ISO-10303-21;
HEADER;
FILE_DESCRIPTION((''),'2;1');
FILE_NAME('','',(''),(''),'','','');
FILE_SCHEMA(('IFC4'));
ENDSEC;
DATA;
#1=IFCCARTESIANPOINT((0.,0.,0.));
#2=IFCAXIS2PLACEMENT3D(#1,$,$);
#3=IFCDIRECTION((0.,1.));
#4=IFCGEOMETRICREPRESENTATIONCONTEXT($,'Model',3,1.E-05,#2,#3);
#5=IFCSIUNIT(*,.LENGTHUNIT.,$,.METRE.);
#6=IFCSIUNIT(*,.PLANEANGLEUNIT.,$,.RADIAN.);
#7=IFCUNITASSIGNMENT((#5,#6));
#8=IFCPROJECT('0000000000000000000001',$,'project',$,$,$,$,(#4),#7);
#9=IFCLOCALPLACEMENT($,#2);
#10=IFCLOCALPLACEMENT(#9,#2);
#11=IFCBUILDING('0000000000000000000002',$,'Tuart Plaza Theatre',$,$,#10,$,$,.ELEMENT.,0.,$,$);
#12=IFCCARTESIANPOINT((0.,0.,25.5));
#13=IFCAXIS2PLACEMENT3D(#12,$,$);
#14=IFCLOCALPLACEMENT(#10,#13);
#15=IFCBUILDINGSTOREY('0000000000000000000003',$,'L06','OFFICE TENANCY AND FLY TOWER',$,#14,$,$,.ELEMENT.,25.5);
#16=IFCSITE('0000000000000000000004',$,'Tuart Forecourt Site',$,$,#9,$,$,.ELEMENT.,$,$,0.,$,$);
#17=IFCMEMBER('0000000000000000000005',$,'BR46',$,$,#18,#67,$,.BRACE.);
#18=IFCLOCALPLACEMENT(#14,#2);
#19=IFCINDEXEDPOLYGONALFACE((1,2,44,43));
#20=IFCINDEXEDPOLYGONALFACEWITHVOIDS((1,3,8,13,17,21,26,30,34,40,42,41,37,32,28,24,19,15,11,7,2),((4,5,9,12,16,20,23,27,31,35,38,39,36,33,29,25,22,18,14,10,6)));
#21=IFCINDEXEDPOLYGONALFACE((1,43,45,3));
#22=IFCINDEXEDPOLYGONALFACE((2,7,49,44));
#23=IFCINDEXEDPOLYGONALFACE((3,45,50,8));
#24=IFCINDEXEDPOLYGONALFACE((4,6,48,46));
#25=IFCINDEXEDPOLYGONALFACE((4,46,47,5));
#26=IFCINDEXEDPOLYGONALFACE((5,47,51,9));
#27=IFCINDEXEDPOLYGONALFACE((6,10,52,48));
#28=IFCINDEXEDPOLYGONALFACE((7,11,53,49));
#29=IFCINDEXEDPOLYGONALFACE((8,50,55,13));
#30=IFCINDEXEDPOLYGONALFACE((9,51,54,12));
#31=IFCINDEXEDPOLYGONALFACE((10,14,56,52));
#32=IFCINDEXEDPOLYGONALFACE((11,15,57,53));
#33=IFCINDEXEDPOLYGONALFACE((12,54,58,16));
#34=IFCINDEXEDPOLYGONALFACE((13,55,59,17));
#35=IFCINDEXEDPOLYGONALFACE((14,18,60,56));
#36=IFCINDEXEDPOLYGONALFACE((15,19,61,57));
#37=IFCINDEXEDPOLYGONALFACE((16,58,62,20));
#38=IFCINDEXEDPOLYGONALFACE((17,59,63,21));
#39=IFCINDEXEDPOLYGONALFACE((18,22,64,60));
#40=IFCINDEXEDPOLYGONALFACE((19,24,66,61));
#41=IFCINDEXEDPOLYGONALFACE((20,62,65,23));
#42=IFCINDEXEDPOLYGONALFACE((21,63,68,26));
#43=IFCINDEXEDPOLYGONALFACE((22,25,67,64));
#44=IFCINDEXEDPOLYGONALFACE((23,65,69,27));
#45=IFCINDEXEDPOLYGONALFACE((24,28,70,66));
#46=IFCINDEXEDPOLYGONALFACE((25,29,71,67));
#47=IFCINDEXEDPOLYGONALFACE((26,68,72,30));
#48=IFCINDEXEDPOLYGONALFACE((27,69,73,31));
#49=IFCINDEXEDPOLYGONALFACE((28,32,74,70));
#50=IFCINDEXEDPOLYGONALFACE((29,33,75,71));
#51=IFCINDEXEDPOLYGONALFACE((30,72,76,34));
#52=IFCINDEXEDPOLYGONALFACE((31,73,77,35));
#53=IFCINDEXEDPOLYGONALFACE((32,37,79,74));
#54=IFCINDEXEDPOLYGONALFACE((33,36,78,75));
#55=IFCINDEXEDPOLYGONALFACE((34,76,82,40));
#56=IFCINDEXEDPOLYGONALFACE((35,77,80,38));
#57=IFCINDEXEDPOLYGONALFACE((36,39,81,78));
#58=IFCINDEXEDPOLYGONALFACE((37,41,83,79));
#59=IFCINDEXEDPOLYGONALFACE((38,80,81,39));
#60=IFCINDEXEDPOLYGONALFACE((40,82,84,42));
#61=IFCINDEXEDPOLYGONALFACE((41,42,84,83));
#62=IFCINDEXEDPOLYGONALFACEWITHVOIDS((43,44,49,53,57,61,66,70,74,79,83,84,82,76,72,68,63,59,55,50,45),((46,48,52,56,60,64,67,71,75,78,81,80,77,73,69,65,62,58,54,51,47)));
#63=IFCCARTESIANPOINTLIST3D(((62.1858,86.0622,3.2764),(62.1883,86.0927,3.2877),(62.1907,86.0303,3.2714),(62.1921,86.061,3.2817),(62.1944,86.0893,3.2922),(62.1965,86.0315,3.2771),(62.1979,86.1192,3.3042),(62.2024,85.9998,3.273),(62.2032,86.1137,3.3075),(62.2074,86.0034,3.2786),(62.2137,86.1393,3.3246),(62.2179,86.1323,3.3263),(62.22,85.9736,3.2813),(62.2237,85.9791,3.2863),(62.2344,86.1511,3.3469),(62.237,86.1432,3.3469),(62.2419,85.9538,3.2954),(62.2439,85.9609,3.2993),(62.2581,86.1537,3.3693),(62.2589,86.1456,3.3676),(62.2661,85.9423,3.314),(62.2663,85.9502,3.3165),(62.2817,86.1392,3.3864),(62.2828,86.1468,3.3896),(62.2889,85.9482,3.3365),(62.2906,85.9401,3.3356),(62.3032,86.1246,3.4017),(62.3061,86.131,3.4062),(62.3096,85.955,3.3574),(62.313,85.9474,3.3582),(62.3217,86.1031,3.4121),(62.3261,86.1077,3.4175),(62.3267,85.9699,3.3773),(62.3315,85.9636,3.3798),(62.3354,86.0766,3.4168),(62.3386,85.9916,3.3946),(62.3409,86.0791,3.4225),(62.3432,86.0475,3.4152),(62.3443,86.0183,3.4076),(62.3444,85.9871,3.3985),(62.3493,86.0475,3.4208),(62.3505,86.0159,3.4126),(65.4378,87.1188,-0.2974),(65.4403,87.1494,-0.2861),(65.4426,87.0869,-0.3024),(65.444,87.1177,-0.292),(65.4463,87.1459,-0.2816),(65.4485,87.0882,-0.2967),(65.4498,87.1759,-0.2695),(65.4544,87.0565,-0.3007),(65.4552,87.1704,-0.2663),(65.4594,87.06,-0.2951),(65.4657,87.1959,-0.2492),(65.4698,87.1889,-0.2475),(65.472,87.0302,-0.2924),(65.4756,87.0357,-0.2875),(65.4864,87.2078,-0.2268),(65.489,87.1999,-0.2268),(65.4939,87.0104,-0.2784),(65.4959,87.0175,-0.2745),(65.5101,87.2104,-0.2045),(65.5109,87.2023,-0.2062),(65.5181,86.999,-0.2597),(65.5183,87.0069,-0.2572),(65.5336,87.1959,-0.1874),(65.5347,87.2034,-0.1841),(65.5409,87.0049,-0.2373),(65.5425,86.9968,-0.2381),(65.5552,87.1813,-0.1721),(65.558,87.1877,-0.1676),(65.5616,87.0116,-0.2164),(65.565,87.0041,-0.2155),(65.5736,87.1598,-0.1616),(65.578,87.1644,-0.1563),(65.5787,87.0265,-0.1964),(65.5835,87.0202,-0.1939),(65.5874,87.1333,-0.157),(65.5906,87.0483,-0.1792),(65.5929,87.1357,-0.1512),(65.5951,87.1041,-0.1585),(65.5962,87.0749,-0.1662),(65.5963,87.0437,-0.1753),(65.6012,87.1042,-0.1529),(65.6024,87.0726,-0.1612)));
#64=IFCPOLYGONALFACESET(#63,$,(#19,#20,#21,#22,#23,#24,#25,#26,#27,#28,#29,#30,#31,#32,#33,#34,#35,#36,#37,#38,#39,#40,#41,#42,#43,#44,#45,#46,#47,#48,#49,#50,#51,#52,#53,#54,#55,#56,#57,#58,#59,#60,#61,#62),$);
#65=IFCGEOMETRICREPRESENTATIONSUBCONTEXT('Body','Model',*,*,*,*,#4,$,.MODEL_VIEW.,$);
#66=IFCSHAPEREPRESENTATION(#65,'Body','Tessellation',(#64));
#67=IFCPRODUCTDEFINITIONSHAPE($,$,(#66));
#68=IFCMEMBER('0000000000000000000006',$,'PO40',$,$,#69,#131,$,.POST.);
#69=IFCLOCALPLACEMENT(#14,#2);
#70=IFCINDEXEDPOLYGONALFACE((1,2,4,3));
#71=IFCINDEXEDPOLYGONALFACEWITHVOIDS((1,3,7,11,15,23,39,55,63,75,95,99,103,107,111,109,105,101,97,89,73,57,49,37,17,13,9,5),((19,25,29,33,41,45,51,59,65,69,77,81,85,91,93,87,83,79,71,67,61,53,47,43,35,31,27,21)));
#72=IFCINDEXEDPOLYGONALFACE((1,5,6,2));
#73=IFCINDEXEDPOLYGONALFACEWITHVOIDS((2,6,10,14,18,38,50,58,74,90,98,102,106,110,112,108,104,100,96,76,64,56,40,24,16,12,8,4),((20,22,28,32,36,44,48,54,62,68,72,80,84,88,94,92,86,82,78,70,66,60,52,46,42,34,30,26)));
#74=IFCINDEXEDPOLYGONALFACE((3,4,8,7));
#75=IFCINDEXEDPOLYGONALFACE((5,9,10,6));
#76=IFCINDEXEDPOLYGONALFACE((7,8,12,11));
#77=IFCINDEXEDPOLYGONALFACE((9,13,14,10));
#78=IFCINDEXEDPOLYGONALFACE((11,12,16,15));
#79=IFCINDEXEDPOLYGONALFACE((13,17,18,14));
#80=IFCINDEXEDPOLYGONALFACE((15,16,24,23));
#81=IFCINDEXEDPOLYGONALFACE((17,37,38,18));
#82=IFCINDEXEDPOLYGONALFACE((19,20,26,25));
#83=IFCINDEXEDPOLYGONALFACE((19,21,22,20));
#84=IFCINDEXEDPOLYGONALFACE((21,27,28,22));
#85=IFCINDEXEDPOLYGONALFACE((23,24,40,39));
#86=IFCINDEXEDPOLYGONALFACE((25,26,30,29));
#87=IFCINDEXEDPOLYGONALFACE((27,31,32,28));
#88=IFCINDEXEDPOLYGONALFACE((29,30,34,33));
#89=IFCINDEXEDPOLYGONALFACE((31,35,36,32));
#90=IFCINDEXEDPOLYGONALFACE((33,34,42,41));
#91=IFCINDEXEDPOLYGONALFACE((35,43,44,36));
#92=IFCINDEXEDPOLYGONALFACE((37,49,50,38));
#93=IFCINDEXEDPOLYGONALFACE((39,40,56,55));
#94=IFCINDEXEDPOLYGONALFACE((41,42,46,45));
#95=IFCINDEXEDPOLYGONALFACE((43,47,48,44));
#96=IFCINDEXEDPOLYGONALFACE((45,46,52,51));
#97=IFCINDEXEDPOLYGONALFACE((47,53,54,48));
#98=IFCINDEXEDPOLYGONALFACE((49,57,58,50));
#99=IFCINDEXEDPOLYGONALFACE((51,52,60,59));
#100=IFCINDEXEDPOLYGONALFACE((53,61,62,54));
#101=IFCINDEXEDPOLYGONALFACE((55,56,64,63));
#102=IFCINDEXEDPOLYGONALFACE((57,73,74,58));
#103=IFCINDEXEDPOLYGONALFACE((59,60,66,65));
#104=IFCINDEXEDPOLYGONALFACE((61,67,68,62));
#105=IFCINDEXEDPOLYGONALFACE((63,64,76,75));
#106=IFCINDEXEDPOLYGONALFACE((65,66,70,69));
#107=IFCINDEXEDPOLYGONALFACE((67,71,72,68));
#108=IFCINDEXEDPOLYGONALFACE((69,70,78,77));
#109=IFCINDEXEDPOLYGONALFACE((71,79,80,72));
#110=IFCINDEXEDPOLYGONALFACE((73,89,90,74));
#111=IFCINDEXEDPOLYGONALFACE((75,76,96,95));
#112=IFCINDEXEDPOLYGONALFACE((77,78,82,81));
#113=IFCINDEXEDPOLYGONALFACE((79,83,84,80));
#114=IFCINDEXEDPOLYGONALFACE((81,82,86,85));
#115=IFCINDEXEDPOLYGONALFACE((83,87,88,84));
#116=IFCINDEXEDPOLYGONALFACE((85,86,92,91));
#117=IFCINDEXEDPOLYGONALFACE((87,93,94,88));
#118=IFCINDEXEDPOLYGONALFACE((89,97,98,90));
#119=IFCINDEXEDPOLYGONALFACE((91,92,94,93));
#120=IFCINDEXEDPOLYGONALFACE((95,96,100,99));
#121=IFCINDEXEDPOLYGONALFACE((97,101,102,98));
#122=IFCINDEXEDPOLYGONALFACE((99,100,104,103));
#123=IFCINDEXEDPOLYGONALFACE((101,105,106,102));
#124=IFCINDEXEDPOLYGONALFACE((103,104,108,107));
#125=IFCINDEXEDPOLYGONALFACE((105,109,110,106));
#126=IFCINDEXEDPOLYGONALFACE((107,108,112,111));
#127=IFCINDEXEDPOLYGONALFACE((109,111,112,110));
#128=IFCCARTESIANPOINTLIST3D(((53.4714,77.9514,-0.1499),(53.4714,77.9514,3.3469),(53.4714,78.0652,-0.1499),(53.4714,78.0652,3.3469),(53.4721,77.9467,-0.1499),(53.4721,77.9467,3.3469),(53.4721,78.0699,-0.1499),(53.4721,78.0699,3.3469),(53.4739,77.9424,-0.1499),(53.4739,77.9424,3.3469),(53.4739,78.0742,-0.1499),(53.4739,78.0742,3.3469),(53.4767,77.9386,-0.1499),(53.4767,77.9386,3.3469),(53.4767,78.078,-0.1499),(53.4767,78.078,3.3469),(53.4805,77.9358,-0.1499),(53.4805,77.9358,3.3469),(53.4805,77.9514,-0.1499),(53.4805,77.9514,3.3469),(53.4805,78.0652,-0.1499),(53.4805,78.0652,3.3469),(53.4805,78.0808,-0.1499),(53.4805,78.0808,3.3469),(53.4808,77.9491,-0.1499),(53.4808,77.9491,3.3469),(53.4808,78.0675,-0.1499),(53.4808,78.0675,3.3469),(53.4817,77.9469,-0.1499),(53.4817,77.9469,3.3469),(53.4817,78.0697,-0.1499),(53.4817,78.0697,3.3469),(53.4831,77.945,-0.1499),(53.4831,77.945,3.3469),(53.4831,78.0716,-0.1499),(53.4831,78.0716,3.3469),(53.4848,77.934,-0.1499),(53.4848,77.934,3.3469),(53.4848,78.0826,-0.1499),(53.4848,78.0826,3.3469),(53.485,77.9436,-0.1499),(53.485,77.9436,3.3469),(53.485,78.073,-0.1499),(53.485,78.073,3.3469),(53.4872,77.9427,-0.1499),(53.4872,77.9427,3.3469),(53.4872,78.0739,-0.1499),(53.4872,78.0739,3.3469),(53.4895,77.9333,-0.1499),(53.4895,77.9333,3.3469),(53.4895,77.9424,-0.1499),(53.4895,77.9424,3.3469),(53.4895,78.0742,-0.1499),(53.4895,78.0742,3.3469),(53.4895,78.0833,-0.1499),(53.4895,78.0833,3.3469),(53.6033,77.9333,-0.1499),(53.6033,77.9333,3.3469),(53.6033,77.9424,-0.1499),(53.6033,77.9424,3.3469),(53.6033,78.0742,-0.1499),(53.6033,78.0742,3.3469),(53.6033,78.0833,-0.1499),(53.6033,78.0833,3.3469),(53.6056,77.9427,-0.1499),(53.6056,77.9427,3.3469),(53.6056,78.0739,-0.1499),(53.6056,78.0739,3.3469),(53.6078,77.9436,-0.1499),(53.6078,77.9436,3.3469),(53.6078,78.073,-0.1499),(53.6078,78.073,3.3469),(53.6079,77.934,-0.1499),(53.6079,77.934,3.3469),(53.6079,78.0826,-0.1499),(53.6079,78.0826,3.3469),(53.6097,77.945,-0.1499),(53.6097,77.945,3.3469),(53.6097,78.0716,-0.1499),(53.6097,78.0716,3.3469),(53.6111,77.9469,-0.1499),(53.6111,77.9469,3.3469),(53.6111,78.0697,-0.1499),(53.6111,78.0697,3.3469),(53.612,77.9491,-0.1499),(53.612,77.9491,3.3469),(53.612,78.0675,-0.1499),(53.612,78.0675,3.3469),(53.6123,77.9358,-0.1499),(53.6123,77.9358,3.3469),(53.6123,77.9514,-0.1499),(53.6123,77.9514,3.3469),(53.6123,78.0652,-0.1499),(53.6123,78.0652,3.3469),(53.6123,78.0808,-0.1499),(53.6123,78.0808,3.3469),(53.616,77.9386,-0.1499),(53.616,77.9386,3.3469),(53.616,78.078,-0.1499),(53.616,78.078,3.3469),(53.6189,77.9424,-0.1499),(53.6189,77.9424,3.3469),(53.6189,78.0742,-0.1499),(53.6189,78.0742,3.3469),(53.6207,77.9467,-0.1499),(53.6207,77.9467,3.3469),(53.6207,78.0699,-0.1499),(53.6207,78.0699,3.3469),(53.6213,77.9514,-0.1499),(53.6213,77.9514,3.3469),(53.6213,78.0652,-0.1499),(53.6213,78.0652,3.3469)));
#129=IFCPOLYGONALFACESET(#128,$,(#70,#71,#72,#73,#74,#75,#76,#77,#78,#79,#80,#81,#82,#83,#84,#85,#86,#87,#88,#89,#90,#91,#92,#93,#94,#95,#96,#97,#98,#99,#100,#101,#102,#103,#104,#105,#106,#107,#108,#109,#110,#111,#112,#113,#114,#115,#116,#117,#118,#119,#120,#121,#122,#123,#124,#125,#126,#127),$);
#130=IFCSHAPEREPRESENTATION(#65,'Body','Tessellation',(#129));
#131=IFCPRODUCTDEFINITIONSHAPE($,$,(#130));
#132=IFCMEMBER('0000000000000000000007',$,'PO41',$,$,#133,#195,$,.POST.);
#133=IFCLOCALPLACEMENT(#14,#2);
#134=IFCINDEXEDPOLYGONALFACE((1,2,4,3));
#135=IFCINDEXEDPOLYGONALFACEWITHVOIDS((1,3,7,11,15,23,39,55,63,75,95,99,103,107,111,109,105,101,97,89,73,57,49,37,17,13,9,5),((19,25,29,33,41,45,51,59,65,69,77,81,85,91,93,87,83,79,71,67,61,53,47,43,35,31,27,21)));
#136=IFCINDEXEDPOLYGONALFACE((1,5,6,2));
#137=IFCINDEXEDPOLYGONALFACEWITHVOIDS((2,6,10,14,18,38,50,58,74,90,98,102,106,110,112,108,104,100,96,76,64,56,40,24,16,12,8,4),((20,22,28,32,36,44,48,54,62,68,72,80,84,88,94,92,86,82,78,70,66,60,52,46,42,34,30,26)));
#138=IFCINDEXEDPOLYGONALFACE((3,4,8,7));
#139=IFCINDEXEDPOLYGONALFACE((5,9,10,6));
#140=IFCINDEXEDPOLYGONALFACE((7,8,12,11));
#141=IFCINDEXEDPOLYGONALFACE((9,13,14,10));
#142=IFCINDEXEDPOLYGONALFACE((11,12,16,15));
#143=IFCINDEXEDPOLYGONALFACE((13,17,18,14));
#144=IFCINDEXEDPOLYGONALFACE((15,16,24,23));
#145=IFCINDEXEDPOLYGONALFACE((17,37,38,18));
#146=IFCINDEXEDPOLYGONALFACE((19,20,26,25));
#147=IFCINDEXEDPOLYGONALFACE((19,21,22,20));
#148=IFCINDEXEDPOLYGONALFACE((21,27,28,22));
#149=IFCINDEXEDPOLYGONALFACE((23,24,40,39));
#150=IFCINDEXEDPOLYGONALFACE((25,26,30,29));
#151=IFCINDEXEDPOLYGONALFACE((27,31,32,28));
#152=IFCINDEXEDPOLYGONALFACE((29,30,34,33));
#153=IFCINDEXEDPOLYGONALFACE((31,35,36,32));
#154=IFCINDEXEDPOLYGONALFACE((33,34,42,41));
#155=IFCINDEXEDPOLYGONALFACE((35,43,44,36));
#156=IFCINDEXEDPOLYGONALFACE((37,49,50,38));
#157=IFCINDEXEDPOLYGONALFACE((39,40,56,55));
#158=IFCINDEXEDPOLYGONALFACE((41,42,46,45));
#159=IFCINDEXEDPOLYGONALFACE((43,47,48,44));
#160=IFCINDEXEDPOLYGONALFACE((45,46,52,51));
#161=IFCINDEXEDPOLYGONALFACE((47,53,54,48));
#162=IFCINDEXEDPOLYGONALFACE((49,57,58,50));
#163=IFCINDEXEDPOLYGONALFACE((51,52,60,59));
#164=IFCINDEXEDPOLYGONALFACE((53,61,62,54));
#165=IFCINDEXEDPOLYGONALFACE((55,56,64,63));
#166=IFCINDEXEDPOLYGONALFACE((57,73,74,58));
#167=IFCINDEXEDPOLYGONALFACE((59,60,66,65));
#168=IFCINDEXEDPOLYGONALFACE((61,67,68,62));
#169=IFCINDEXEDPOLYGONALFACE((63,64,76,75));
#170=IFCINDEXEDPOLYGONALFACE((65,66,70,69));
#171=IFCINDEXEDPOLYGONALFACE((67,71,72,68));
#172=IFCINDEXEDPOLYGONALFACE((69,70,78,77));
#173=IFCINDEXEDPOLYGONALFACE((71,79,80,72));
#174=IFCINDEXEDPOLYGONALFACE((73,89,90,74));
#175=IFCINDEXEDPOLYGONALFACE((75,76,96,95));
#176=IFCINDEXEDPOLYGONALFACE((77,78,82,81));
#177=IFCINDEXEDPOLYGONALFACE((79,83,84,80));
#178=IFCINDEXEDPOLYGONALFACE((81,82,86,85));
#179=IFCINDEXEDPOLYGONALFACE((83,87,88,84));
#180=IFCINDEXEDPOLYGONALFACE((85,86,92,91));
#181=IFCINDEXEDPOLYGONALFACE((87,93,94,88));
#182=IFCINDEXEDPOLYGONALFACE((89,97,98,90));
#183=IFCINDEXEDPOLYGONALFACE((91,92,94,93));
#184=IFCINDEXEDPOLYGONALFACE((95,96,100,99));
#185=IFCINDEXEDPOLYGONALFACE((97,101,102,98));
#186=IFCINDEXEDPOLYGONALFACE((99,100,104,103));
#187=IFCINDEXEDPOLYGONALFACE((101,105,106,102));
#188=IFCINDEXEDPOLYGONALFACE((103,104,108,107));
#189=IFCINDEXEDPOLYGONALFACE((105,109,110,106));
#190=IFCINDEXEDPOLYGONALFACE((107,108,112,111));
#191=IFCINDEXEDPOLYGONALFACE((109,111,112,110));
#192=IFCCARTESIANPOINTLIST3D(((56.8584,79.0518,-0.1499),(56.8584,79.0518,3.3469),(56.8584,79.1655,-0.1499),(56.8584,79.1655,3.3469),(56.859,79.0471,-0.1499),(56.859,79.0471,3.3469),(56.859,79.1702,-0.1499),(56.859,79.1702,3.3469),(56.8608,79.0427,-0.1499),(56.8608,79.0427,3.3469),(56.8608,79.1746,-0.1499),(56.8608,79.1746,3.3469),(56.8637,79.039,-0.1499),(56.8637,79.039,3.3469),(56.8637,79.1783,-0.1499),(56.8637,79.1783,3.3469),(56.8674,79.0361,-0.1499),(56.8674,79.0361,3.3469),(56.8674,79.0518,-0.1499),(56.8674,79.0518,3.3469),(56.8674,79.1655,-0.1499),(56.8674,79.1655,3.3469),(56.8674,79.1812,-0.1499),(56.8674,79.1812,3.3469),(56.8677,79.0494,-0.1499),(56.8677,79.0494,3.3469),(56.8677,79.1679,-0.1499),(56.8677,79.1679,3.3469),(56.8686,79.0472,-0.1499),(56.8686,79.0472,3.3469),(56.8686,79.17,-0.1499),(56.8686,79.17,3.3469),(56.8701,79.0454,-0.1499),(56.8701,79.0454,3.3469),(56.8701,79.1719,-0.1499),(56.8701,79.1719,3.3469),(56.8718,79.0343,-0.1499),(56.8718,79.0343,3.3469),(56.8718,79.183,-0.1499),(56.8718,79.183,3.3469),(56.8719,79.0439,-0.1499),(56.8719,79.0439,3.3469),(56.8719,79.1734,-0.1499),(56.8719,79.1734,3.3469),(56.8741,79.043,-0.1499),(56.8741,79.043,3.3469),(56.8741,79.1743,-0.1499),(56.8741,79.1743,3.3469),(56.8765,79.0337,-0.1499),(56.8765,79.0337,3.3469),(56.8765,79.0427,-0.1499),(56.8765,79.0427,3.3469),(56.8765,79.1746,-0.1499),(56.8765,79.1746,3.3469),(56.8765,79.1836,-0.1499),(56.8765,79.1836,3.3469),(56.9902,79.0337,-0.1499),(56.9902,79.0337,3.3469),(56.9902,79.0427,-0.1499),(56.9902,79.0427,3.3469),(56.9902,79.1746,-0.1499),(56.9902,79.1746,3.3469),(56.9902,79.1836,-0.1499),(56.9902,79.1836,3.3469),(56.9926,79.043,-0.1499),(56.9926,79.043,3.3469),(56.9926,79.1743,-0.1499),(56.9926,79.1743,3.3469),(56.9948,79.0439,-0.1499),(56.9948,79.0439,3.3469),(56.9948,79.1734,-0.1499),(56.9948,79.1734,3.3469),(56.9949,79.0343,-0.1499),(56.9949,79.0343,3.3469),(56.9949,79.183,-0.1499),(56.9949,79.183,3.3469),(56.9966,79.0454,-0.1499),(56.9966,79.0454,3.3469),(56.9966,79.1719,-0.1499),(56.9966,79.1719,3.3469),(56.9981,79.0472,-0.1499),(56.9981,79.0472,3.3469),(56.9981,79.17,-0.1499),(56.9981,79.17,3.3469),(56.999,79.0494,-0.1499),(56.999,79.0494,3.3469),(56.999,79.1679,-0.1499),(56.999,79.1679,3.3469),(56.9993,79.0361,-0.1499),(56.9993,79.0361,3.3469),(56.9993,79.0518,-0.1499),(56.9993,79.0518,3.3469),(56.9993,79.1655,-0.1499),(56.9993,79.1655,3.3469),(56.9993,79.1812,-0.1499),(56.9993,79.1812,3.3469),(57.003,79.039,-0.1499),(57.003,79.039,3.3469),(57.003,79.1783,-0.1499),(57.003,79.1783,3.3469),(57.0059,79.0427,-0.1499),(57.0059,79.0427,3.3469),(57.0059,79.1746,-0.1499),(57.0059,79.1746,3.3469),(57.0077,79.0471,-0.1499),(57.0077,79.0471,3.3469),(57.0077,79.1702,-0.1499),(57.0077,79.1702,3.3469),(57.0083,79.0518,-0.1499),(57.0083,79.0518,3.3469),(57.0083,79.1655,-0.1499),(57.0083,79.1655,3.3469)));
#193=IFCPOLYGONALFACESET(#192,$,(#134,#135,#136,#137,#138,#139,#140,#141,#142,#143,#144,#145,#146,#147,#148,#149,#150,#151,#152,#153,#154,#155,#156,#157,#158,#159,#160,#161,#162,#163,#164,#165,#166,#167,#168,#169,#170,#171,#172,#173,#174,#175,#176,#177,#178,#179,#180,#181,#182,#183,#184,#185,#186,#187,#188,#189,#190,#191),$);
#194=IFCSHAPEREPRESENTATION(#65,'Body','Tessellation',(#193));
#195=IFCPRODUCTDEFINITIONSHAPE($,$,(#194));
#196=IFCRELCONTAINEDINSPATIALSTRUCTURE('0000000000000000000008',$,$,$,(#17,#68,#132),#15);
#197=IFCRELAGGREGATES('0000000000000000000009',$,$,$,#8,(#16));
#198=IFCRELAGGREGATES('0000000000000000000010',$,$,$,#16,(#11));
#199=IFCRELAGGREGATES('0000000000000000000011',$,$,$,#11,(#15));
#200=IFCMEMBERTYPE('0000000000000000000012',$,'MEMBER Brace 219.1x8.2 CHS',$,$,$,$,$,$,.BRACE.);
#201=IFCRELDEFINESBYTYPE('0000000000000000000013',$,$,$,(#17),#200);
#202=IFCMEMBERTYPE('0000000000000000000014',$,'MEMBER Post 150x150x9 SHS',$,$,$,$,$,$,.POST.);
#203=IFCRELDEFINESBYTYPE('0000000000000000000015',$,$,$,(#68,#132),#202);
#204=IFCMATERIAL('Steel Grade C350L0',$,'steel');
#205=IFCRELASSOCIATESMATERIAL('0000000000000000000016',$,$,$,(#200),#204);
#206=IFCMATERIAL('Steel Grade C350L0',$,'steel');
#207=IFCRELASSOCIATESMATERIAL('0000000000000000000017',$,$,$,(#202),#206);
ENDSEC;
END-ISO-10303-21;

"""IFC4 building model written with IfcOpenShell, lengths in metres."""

from ifc_helpers import new_model, si_unit, direction, frame, origin, origin_2d, place, context, subcontext, project, spatial, hollow_rectangle, hollow_circle, extrude, material, material_profile, profile_set, type_object, element, save


model = new_model("IFC4")

# Units and contexts
model_context = context("Model", 3, precision=1e-05, world=origin(), true_north=direction((0.0, 1.0)))
body_context = subcontext(model_context, "Body", "Model", "MODEL_VIEW")
ifc_project = project(units=[si_unit("LENGTHUNIT", "METRE"), si_unit("PLANEANGLEUNIT", "RADIAN")], contexts=[model_context])

# Site, building, storey
site_placement = place(None, origin())
site = spatial("IfcSite", under=ifc_project, at=site_placement, Name="Tuart Forecourt Site", CompositionType="ELEMENT", RefElevation=0.0)
building_placement = place(site_placement, origin())
building = spatial("IfcBuilding", under=site, at=building_placement, Name="Tuart Plaza Theatre", CompositionType="ELEMENT", ElevationOfRefHeight=0.0)
storey_placement = place(building_placement, frame((0.0, 0.0, 25.5)))
storey = spatial("IfcBuildingStorey", under=building, at=storey_placement, Name="L06", Description="OFFICE TENANCY AND FLY TOWER", CompositionType="ELEMENT", Elevation=25.5)

# Members
ifc_material_1 = material(Name="Steel Grade C350L0", Category="steel")
ifc_material_profile_1 = material_profile(ifc_material_1, hollow_circle(Radius=0.1096, WallThickness=0.0083, at=origin_2d()), Name="219.1x8.2 CHS")
ifc_profile_set_1 = profile_set([ifc_material_profile_1], Name="Steel Grade C350L0")
member_type_1 = type_object("IfcMemberType", Name="MEMBER Brace 219.1x8.2 CHS", PredefinedType="BRACE", material=ifc_profile_set_1)
member_placement = place(storey_placement, frame((62.2683, 86.0469, 3.3469), z_axis=(0.657487, 0.213634, -0.722545), x_axis=(-0.309021, 0.951055, 0.0)))
element("IfcMember", 1, at=member_placement, inside=storey, type_object=member_type_1, Name="BR46", PredefinedType="BRACE", context=body_context, shape_type="SweptSolid", body=[
    extrude(hollow_circle(Radius=0.1096, WallThickness=0.0083, at=origin_2d()), origin(), (0.0, 0.0, 1.0), 4.946),
])
ifc_material_2 = material(Name="Steel Grade C350L0", Category="steel")
ifc_material_profile_2 = material_profile(ifc_material_2, hollow_rectangle(XDim=0.1499, YDim=0.1499, WallThickness=0.009, InnerFilletRadius=0.009, OuterFilletRadius=0.0181, at=origin_2d()), Name="150x150x9 SHS")
ifc_profile_set_2 = profile_set([ifc_material_profile_2], Name="Steel Grade C350L0")
member_type_2 = type_object("IfcMemberType", Name="MEMBER Post 150x150x9 SHS", PredefinedType="POST", material=ifc_profile_set_2)
for number, where, z_axis, x_axis, name in (
    (2, (53.5464, 78.0083, -0.1499), (0.0, 0.0, 1.0), (1.0, 0.0, 0.0), "PO40"),
    (3, (56.9333, 79.1086, -0.1499), (0.0, 0.0, 1.0), (1.0, 0.0, 0.0), "PO41"),
):
    element("IfcMember", number, at=place(storey_placement, frame(where, z_axis=z_axis, x_axis=x_axis)), inside=storey, type_object=member_type_2, Name=name, PredefinedType="POST", context=body_context, shape_type="SweptSolid", body=[
        extrude(hollow_rectangle(XDim=0.1499, YDim=0.1499, WallThickness=0.009, InnerFilletRadius=0.009, OuterFilletRadius=0.0181, at=origin_2d()), origin(), (0.0, 0.0, 1.0), 3.4968),
    ])

save(model, "model.ifc")
